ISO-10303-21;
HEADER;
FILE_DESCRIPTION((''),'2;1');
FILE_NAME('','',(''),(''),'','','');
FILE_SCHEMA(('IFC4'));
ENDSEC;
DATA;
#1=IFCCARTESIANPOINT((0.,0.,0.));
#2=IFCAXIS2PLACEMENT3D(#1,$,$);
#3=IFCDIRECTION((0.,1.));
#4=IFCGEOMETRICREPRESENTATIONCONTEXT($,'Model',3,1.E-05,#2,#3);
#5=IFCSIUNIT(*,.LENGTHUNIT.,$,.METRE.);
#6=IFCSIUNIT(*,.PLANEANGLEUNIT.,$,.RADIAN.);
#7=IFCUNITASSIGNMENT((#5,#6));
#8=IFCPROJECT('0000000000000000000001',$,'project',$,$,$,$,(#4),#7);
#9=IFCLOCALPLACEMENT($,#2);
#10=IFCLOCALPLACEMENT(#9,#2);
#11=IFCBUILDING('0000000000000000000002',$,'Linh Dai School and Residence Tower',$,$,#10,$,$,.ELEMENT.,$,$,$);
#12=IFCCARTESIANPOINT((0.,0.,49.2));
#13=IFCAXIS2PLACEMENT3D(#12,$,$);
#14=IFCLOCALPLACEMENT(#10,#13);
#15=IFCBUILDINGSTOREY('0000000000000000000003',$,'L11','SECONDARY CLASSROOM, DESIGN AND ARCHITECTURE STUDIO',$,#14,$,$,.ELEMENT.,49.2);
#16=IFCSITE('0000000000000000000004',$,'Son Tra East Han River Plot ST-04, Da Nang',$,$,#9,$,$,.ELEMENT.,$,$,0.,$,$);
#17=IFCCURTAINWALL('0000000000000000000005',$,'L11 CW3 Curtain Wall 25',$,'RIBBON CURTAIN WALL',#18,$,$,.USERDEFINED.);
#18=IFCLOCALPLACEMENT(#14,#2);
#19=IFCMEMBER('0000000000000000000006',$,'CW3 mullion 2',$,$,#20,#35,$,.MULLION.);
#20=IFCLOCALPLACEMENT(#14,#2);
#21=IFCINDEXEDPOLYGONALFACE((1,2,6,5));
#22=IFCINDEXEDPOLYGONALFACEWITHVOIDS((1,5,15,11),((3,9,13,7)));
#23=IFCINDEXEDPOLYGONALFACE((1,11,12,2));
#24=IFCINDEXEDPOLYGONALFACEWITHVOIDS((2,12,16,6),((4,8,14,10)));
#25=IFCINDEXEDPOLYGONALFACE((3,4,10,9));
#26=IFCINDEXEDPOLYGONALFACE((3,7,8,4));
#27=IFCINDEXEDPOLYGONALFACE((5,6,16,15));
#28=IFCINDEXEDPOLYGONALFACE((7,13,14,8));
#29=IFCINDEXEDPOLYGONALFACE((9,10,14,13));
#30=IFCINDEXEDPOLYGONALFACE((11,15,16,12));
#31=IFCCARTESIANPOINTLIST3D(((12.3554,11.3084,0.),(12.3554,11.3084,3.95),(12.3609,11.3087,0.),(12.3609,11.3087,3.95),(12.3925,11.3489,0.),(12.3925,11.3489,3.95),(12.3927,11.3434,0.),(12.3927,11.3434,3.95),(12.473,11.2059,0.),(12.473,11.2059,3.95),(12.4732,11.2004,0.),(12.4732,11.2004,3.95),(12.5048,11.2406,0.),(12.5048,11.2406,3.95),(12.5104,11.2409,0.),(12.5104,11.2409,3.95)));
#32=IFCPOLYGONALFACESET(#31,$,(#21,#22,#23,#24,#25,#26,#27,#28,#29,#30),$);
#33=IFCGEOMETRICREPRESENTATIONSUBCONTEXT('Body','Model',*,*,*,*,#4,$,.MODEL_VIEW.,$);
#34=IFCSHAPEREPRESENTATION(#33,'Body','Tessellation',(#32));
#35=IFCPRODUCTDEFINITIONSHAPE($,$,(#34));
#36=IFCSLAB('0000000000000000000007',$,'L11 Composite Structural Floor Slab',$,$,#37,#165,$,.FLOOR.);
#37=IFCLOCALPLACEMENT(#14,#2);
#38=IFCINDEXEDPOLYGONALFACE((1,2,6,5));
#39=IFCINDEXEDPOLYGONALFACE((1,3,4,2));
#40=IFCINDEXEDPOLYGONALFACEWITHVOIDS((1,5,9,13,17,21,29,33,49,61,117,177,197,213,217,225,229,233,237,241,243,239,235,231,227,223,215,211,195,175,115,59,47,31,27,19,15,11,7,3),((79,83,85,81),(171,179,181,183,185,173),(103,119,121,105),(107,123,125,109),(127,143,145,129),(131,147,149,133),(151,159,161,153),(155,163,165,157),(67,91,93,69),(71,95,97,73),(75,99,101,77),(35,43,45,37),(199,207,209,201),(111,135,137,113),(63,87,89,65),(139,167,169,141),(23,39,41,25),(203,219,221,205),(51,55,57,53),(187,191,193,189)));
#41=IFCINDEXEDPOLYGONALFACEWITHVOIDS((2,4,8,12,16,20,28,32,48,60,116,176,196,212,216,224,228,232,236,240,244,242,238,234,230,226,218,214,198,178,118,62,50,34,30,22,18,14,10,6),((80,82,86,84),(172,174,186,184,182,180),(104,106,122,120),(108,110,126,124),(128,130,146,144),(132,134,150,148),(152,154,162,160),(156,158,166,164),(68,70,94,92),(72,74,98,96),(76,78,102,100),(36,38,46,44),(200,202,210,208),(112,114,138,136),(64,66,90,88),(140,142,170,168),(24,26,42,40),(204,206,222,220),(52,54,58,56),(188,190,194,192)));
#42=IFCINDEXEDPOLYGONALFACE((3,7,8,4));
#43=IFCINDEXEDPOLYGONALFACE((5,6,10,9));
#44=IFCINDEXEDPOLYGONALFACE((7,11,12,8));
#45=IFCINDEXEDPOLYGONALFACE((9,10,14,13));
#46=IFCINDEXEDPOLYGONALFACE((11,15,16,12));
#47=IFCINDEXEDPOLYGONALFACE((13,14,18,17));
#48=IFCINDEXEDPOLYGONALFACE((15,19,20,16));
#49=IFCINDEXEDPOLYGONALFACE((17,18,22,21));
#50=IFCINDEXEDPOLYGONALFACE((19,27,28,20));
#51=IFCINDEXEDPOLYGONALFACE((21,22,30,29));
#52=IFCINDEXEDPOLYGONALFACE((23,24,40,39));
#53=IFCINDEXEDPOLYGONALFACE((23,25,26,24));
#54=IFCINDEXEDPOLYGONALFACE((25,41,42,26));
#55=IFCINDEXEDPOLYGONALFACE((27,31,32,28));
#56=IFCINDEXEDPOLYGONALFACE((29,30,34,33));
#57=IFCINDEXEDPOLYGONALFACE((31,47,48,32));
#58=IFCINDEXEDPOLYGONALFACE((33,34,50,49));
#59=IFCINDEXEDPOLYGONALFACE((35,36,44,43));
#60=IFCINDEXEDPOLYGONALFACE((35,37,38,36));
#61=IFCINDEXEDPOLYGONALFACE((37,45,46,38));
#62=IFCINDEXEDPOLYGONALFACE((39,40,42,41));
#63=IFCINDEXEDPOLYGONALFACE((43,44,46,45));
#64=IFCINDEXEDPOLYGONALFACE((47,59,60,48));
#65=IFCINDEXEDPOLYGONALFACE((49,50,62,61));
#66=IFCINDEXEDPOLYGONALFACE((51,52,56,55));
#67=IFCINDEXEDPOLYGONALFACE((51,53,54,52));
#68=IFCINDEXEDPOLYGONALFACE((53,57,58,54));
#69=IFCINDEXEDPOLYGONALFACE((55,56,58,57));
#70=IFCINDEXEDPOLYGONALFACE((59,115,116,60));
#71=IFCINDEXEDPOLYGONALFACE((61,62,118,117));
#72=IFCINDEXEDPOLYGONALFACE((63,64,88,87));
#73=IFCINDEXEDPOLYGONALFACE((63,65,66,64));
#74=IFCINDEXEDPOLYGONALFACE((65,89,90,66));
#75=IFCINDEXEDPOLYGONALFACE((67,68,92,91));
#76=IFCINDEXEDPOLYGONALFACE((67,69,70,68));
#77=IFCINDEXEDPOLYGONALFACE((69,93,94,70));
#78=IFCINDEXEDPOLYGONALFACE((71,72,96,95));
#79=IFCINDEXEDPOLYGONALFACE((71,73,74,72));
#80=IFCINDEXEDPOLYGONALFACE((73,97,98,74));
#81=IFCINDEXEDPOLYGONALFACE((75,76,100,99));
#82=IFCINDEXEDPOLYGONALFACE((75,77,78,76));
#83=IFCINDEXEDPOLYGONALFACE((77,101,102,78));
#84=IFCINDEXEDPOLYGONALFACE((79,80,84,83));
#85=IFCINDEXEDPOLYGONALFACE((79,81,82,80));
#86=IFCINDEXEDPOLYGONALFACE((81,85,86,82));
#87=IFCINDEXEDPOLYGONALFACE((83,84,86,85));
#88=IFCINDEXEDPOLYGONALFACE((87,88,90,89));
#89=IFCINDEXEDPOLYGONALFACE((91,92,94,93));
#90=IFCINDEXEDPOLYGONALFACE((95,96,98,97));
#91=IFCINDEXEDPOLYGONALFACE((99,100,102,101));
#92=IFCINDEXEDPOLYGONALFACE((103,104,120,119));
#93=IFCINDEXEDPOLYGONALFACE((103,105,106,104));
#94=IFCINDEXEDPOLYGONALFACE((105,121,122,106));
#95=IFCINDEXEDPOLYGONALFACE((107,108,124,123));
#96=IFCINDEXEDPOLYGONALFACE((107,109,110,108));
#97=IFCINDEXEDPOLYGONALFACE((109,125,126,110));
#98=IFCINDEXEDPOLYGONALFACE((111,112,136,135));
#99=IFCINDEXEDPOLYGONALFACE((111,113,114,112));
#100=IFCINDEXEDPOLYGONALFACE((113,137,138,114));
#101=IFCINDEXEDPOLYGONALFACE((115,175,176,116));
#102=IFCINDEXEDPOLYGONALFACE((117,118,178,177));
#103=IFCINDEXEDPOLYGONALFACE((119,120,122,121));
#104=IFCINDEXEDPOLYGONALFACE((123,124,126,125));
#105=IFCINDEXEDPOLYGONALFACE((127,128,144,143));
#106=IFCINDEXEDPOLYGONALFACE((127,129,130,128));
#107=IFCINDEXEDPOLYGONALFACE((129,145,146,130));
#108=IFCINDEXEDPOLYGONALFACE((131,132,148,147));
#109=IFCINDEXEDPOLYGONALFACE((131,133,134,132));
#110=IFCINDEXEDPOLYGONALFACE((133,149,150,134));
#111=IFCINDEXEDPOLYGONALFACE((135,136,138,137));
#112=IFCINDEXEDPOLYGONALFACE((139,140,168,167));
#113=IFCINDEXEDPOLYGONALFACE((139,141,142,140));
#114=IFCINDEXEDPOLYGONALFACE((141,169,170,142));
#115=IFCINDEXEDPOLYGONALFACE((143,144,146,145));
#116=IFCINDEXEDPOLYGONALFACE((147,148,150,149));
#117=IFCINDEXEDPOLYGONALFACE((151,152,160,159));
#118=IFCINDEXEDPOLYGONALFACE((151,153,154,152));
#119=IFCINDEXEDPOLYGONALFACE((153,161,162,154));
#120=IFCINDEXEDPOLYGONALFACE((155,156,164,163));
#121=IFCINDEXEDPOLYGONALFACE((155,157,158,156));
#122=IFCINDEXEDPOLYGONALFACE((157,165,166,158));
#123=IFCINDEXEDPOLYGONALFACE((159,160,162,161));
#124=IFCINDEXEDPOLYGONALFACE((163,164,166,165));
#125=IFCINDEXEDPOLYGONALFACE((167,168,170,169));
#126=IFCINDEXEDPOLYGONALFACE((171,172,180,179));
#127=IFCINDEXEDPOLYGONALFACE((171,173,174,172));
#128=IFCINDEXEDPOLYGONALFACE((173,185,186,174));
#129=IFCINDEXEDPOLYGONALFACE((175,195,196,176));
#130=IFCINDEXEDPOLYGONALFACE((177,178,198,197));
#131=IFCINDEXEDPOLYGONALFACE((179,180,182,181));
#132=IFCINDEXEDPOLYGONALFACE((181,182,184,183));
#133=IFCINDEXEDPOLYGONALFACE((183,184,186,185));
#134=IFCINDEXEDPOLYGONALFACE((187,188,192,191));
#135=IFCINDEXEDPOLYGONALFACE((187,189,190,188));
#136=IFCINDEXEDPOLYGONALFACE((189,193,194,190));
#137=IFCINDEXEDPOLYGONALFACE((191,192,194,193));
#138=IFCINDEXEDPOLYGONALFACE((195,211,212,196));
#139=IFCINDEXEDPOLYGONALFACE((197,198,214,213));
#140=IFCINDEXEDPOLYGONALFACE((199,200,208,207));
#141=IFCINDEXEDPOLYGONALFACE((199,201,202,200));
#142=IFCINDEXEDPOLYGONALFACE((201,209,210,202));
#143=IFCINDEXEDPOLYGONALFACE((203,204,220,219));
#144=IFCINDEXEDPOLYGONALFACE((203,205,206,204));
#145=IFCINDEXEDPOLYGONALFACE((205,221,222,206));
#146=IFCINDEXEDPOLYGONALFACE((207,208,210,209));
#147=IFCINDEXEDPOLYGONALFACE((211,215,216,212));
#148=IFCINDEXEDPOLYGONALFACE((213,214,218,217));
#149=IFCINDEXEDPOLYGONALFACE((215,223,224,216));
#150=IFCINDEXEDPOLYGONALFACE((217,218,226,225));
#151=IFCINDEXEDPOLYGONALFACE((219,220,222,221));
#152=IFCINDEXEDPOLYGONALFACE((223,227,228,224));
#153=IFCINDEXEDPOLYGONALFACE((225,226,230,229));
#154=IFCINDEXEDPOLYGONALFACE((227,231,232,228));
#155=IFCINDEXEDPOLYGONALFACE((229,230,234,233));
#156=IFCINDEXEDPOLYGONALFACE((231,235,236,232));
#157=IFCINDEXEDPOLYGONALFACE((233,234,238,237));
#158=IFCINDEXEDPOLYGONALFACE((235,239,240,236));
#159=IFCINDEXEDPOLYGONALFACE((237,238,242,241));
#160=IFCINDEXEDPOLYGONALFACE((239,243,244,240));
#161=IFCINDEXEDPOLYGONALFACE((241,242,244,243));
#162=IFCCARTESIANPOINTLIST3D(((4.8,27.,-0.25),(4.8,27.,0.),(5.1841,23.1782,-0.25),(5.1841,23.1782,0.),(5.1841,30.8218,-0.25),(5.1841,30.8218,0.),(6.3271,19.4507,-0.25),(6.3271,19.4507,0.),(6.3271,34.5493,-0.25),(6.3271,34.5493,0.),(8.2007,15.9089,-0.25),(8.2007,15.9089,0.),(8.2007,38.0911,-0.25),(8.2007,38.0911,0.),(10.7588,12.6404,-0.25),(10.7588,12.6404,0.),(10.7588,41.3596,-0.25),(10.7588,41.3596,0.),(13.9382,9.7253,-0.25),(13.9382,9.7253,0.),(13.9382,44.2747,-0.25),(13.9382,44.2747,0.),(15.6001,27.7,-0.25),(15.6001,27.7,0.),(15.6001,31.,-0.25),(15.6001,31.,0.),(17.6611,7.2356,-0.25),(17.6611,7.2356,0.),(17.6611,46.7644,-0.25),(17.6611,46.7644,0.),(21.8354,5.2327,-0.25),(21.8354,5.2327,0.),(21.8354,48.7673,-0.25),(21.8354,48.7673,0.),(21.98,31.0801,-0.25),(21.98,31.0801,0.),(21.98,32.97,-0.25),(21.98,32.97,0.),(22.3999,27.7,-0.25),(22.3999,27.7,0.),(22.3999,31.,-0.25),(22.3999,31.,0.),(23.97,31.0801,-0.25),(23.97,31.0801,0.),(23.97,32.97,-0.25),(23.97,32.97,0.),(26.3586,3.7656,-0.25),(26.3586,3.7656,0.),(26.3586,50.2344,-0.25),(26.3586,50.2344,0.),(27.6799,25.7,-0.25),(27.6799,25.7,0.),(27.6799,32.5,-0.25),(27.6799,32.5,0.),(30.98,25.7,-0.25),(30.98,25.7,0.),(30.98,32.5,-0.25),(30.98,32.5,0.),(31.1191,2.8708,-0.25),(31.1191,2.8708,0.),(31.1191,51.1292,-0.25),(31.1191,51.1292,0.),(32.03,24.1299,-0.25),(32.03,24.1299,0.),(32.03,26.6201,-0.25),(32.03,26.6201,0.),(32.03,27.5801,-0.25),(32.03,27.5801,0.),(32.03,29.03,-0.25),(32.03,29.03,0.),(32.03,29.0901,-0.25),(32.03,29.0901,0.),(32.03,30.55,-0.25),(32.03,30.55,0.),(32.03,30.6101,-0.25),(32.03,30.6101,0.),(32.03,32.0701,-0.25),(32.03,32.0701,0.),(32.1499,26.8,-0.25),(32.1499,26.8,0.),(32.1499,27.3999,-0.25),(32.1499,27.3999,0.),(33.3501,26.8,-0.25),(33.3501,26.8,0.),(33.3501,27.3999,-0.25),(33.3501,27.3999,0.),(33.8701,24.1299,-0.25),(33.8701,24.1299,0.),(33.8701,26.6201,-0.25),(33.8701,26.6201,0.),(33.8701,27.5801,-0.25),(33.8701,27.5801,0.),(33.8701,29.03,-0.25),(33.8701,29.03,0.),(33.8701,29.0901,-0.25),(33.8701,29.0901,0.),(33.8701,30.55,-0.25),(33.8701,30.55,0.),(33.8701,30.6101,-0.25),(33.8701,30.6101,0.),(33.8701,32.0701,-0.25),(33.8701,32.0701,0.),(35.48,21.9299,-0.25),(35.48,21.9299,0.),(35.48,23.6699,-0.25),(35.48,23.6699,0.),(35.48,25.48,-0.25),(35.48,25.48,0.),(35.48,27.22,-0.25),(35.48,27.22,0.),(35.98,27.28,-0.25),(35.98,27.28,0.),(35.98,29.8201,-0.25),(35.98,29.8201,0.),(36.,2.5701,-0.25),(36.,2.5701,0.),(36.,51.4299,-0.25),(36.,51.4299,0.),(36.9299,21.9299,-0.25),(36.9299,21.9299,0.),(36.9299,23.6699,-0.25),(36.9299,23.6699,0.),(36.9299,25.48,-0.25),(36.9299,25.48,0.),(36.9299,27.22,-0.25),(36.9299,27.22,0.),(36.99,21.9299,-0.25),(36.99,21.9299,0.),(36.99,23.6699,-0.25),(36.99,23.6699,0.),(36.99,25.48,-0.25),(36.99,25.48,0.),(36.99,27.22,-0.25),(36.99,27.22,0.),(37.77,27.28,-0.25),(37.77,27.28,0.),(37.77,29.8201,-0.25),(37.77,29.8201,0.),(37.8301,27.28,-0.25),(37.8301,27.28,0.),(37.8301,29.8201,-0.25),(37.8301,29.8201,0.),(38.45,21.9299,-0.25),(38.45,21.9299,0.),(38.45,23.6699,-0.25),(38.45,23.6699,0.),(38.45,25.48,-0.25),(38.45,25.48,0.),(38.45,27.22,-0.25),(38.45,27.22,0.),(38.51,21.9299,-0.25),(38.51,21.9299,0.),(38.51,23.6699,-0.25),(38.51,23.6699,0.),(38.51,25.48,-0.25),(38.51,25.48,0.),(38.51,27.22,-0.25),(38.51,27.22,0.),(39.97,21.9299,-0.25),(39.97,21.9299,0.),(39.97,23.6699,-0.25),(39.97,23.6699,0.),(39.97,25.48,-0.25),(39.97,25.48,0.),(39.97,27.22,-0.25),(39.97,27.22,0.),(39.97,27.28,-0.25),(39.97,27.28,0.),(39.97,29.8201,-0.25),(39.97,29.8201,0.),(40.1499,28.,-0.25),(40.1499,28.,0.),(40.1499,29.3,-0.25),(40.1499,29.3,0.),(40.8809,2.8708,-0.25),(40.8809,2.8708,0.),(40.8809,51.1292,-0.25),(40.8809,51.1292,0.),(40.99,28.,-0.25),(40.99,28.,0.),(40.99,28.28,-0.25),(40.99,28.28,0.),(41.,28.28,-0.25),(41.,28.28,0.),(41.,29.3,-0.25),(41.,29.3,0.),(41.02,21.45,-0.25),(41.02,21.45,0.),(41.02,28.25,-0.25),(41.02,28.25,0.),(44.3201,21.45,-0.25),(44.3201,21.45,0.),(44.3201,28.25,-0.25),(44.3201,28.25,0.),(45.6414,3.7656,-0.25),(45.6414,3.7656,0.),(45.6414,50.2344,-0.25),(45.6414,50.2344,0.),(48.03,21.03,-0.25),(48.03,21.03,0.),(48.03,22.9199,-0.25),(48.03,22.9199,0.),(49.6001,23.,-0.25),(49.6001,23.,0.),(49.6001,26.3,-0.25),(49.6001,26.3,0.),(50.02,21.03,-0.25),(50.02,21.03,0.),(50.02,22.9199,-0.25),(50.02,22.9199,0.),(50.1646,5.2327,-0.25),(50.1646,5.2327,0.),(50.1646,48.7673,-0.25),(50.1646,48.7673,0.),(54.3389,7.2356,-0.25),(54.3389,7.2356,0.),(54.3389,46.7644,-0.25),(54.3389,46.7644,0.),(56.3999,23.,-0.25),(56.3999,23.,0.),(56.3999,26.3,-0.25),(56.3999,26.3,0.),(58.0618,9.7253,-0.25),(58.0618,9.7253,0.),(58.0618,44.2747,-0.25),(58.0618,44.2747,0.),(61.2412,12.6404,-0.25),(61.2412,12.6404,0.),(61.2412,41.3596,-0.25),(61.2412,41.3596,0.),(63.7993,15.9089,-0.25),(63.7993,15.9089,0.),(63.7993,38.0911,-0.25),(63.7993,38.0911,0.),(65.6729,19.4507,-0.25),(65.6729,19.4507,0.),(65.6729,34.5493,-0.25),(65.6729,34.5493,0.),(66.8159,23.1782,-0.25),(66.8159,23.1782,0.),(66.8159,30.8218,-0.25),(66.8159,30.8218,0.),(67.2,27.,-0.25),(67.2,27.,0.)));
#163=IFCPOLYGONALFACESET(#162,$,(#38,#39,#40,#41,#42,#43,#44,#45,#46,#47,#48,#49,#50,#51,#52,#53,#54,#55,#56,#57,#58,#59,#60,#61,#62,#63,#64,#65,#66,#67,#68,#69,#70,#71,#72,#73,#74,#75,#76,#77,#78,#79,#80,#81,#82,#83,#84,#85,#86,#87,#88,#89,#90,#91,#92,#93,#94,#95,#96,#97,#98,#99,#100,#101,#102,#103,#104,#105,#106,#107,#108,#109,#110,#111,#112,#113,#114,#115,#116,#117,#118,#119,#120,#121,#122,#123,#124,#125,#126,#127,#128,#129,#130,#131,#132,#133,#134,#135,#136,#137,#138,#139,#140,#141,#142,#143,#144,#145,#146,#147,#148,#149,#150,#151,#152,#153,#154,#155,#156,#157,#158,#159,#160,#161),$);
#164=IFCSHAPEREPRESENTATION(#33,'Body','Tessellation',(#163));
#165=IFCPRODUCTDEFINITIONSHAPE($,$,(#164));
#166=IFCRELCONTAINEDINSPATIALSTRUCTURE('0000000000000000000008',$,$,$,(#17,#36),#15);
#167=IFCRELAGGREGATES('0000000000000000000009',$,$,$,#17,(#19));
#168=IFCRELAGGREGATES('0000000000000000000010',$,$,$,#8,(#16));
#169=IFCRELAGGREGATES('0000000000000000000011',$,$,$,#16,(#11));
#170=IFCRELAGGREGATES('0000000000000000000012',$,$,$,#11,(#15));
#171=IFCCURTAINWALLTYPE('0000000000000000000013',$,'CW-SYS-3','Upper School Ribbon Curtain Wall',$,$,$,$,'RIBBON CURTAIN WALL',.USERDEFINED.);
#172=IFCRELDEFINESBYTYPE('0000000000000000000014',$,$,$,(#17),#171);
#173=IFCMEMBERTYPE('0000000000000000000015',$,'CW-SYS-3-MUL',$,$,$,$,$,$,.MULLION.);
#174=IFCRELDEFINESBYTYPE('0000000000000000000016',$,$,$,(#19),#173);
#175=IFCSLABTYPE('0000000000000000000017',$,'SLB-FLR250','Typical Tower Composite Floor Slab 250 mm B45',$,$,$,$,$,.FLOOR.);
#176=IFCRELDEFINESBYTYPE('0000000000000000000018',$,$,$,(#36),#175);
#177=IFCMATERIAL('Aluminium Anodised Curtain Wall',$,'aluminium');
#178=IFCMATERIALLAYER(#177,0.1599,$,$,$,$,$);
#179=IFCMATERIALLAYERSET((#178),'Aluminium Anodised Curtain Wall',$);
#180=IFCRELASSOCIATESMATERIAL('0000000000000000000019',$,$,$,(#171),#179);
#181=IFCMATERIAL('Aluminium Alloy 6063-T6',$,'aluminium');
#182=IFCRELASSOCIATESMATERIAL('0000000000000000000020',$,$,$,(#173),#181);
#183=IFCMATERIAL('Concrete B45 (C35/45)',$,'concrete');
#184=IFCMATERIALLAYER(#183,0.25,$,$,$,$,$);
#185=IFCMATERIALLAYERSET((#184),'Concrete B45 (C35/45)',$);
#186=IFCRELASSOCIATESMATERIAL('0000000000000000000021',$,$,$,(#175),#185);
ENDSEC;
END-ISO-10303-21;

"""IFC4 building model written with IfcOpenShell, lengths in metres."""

from ifc_helpers import new_model, si_unit, direction, frame, origin, origin_2d, place, context, subcontext, project, spatial, polyline, hollow_rectangle, outline, extrude, source, transform, mapped, material, layer, layer_set, material_profile, profile_set, type_object, element, aggregate, save


model = new_model("IFC4")

# Units and contexts
model_context = context("Model", 3, precision=1e-05, world=origin(), true_north=direction((0.0, 1.0)))
body_context = subcontext(model_context, "Body", "Model", "MODEL_VIEW")
ifc_project = project(units=[si_unit("LENGTHUNIT", "METRE"), si_unit("PLANEANGLEUNIT", "RADIAN")], contexts=[model_context])

# Site, building, storey
site_placement = place(None, origin())
site = spatial("IfcSite", under=ifc_project, at=site_placement, Name="Son Tra East Han River Plot ST-04, Da Nang", CompositionType="ELEMENT", RefElevation=0.0)
building_placement = place(site_placement, origin())
building = spatial("IfcBuilding", under=site, at=building_placement, Name="Linh Dai School and Residence Tower", CompositionType="ELEMENT")
storey_placement = place(building_placement, frame((0.0, 0.0, 49.2)))
storey = spatial("IfcBuildingStorey", under=building, at=storey_placement, Name="L11", Description="SECONDARY CLASSROOM, DESIGN AND ARCHITECTURE STUDIO", CompositionType="ELEMENT", Elevation=49.2)

# Curtain wall, member
ifc_material_1 = material(Name="Aluminium Anodised Curtain Wall", Category="aluminium")
ifc_layer_1 = layer(ifc_material_1, 0.1599)
ifc_layer_set_1 = layer_set([ifc_layer_1], Name="Aluminium Anodised Curtain Wall")
curtain_wall_type = type_object("IfcCurtainWallType", Name="CW-SYS-3", Description="Upper School Ribbon Curtain Wall", ElementType="RIBBON CURTAIN WALL", PredefinedType="USERDEFINED", material=ifc_layer_set_1)
curtain_wall_placement = place(storey_placement, origin())
curtain_wall = element("IfcCurtainWall", 1, at=curtain_wall_placement, inside=storey, type_object=curtain_wall_type, Name="L11 CW3 Curtain Wall 25", ObjectType="RIBBON CURTAIN WALL", PredefinedType="USERDEFINED")
ifc_material_2 = material(Name="Aluminium Alloy 6063-T6", Category="aluminium")
ifc_material_profile_1 = material_profile(ifc_material_2, hollow_rectangle(XDim=0.0549, YDim=0.1599, WallThickness=0.0039, at=origin_2d()), Name="RHS 160x55x4")
ifc_profile_set_1 = profile_set([ifc_material_profile_1], Name="Aluminium Alloy 6063-T6")
member_type_1 = type_object("IfcMemberType", Name="CW-SYS-3-MUL", PredefinedType="MULLION", material=ifc_profile_set_1)
shared_shape_1 = source(origin(), body_context, "Body", "SweptSolid", [
    extrude(hollow_rectangle(XDim=0.0549, YDim=0.1599, WallThickness=0.0039, at=origin_2d()), origin(), (0.0, 0.0, 1.0), 3.95),
])
member_1_placement = place(storey_placement, frame((12.4329, 11.2747, 0.0), z_axis=(0.0, 0.0, 1.0), x_axis=(-0.675769, -0.737113, 0.0)))
member_1 = element("IfcMember", 2, at=member_1_placement, type_object=member_type_1, Name="CW3 mullion 2", PredefinedType="MULLION", context=body_context, shape_type="MappedRepresentation", body=[
    mapped(shared_shape_1, transform((0.0, 0.0, 0.0), x_axis=(1.0, 0.0, 0.0), y_axis=(0.0, 1.0, 0.0), z_axis=(0.0, 0.0, 1.0), scale=1.0)),
])

# Slab
ifc_material_3 = material(Name="Concrete B45 (C35/45)", Category="concrete")
ifc_layer_2 = layer(ifc_material_3, 0.25)
ifc_layer_set_2 = layer_set([ifc_layer_2], Name="Concrete B45 (C35/45)")
slab_type_1 = type_object("IfcSlabType", Name="SLB-FLR250", Description="Typical Tower Composite Floor Slab 250 mm B45", PredefinedType="FLOOR", material=ifc_layer_set_2)
slab_1_placement = place(storey_placement, frame((0.0, 0.0, -0.25)))
element("IfcSlab", 3, at=slab_1_placement, inside=storey, type_object=slab_type_1, Name="L11 Composite Structural Floor Slab", PredefinedType="FLOOR", context=body_context, shape_type="SweptSolid", body=[
    extrude(outline(polyline([(67.2, 27.0), (66.8159, 30.8218), (65.6729, 34.5493), (63.7993, 38.0911), (61.2412, 41.3596), (58.0618, 44.2747), (54.3389, 46.7644), (50.1646, 48.7673), (45.6414, 50.2344), (40.8809, 51.1292), (36.0, 51.4299), (31.1191, 51.1292), (26.3586, 50.2344), (21.8354, 48.7673), (17.6611, 46.7644), (13.9382, 44.2747), (10.7588, 41.3596), (8.2007, 38.0911), (6.3271, 34.5493), (5.1841, 30.8218), (4.8, 27.0), (5.1841, 23.1782), (6.3271, 19.4507), (8.2007, 15.9089), (10.7588, 12.6404), (13.9382, 9.7253), (17.6611, 7.2356), (21.8354, 5.2327), (26.3586, 3.7656), (31.1191, 2.8708), (36.0, 2.5701), (40.8809, 2.8708), (45.6414, 3.7656), (50.1646, 5.2327), (54.3389, 7.2356), (58.0618, 9.7253), (61.2412, 12.6404), (63.7993, 15.9089), (65.6729, 19.4507), (66.8159, 23.1782), (67.2, 27.0)]), holes=[polyline([(30.98, 25.7), (30.98, 32.5), (27.6799, 32.5), (27.6799, 25.7), (30.98, 25.7)]), polyline([(41.02, 28.25), (41.02, 21.45), (44.3201, 21.45), (44.3201, 28.25), (41.02, 28.25)]), polyline([(22.3999, 31.0), (15.6001, 31.0), (15.6001, 27.7), (22.3999, 27.7), (22.3999, 31.0)]), polyline([(49.6001, 23.0), (56.3999, 23.0), (56.3999, 26.3), (49.6001, 26.3), (49.6001, 23.0)]), polyline([(35.98, 27.28), (37.77, 27.28), (37.77, 29.8201), (35.98, 29.8201), (35.98, 27.28)]), polyline([(32.03, 24.1299), (33.8701, 24.1299), (33.8701, 26.6201), (32.03, 26.6201), (32.03, 24.1299)]), polyline([(37.8301, 27.28), (39.97, 27.28), (39.97, 29.8201), (37.8301, 29.8201), (37.8301, 27.28)]), polyline([(35.48, 21.9299), (36.9299, 21.9299), (36.9299, 23.6699), (35.48, 23.6699), (35.48, 21.9299)]), polyline([(36.99, 21.9299), (38.45, 21.9299), (38.45, 23.6699), (36.99, 23.6699), (36.99, 21.9299)]), polyline([(38.51, 21.9299), (39.97, 21.9299), (39.97, 23.6699), (38.51, 23.6699), (38.51, 21.9299)]), polyline([(32.03, 27.5801), (33.8701, 27.5801), (33.8701, 29.03), (32.03, 29.03), (32.03, 27.5801)]), polyline([(32.03, 29.0901), (33.8701, 29.0901), (33.8701, 30.55), (32.03, 30.55), (32.03, 29.0901)]), polyline([(32.03, 30.6101), (33.8701, 30.6101), (33.8701, 32.0701), (32.03, 32.0701), (32.03, 30.6101)]), polyline([(35.48, 25.48), (36.9299, 25.48), (36.9299, 27.22), (35.48, 27.22), (35.48, 25.48)]), polyline([(36.99, 25.48), (38.45, 25.48), (38.45, 27.22), (36.99, 27.22), (36.99, 25.48)]), polyline([(38.51, 25.48), (39.97, 25.48), (39.97, 27.22), (38.51, 27.22), (38.51, 25.48)]), polyline([(21.98, 31.0801), (23.97, 31.0801), (23.97, 32.97), (21.98, 32.97), (21.98, 31.0801)]), polyline([(48.03, 21.03), (50.02, 21.03), (50.02, 22.9199), (48.03, 22.9199), (48.03, 21.03)]), polyline([(40.1499, 28.0), (40.1499, 29.3), (41.0, 29.3), (41.0, 28.28), (40.99, 28.28), (40.99, 28.0), (40.1499, 28.0)]), polyline([(32.1499, 26.8), (33.3501, 26.8), (33.3501, 27.3999), (32.1499, 27.3999), (32.1499, 26.8)])]), origin(), (0.0, 0.0, 1.0), 0.25),
])

aggregate(curtain_wall, [member_1])

save(model, "model.ifc")
